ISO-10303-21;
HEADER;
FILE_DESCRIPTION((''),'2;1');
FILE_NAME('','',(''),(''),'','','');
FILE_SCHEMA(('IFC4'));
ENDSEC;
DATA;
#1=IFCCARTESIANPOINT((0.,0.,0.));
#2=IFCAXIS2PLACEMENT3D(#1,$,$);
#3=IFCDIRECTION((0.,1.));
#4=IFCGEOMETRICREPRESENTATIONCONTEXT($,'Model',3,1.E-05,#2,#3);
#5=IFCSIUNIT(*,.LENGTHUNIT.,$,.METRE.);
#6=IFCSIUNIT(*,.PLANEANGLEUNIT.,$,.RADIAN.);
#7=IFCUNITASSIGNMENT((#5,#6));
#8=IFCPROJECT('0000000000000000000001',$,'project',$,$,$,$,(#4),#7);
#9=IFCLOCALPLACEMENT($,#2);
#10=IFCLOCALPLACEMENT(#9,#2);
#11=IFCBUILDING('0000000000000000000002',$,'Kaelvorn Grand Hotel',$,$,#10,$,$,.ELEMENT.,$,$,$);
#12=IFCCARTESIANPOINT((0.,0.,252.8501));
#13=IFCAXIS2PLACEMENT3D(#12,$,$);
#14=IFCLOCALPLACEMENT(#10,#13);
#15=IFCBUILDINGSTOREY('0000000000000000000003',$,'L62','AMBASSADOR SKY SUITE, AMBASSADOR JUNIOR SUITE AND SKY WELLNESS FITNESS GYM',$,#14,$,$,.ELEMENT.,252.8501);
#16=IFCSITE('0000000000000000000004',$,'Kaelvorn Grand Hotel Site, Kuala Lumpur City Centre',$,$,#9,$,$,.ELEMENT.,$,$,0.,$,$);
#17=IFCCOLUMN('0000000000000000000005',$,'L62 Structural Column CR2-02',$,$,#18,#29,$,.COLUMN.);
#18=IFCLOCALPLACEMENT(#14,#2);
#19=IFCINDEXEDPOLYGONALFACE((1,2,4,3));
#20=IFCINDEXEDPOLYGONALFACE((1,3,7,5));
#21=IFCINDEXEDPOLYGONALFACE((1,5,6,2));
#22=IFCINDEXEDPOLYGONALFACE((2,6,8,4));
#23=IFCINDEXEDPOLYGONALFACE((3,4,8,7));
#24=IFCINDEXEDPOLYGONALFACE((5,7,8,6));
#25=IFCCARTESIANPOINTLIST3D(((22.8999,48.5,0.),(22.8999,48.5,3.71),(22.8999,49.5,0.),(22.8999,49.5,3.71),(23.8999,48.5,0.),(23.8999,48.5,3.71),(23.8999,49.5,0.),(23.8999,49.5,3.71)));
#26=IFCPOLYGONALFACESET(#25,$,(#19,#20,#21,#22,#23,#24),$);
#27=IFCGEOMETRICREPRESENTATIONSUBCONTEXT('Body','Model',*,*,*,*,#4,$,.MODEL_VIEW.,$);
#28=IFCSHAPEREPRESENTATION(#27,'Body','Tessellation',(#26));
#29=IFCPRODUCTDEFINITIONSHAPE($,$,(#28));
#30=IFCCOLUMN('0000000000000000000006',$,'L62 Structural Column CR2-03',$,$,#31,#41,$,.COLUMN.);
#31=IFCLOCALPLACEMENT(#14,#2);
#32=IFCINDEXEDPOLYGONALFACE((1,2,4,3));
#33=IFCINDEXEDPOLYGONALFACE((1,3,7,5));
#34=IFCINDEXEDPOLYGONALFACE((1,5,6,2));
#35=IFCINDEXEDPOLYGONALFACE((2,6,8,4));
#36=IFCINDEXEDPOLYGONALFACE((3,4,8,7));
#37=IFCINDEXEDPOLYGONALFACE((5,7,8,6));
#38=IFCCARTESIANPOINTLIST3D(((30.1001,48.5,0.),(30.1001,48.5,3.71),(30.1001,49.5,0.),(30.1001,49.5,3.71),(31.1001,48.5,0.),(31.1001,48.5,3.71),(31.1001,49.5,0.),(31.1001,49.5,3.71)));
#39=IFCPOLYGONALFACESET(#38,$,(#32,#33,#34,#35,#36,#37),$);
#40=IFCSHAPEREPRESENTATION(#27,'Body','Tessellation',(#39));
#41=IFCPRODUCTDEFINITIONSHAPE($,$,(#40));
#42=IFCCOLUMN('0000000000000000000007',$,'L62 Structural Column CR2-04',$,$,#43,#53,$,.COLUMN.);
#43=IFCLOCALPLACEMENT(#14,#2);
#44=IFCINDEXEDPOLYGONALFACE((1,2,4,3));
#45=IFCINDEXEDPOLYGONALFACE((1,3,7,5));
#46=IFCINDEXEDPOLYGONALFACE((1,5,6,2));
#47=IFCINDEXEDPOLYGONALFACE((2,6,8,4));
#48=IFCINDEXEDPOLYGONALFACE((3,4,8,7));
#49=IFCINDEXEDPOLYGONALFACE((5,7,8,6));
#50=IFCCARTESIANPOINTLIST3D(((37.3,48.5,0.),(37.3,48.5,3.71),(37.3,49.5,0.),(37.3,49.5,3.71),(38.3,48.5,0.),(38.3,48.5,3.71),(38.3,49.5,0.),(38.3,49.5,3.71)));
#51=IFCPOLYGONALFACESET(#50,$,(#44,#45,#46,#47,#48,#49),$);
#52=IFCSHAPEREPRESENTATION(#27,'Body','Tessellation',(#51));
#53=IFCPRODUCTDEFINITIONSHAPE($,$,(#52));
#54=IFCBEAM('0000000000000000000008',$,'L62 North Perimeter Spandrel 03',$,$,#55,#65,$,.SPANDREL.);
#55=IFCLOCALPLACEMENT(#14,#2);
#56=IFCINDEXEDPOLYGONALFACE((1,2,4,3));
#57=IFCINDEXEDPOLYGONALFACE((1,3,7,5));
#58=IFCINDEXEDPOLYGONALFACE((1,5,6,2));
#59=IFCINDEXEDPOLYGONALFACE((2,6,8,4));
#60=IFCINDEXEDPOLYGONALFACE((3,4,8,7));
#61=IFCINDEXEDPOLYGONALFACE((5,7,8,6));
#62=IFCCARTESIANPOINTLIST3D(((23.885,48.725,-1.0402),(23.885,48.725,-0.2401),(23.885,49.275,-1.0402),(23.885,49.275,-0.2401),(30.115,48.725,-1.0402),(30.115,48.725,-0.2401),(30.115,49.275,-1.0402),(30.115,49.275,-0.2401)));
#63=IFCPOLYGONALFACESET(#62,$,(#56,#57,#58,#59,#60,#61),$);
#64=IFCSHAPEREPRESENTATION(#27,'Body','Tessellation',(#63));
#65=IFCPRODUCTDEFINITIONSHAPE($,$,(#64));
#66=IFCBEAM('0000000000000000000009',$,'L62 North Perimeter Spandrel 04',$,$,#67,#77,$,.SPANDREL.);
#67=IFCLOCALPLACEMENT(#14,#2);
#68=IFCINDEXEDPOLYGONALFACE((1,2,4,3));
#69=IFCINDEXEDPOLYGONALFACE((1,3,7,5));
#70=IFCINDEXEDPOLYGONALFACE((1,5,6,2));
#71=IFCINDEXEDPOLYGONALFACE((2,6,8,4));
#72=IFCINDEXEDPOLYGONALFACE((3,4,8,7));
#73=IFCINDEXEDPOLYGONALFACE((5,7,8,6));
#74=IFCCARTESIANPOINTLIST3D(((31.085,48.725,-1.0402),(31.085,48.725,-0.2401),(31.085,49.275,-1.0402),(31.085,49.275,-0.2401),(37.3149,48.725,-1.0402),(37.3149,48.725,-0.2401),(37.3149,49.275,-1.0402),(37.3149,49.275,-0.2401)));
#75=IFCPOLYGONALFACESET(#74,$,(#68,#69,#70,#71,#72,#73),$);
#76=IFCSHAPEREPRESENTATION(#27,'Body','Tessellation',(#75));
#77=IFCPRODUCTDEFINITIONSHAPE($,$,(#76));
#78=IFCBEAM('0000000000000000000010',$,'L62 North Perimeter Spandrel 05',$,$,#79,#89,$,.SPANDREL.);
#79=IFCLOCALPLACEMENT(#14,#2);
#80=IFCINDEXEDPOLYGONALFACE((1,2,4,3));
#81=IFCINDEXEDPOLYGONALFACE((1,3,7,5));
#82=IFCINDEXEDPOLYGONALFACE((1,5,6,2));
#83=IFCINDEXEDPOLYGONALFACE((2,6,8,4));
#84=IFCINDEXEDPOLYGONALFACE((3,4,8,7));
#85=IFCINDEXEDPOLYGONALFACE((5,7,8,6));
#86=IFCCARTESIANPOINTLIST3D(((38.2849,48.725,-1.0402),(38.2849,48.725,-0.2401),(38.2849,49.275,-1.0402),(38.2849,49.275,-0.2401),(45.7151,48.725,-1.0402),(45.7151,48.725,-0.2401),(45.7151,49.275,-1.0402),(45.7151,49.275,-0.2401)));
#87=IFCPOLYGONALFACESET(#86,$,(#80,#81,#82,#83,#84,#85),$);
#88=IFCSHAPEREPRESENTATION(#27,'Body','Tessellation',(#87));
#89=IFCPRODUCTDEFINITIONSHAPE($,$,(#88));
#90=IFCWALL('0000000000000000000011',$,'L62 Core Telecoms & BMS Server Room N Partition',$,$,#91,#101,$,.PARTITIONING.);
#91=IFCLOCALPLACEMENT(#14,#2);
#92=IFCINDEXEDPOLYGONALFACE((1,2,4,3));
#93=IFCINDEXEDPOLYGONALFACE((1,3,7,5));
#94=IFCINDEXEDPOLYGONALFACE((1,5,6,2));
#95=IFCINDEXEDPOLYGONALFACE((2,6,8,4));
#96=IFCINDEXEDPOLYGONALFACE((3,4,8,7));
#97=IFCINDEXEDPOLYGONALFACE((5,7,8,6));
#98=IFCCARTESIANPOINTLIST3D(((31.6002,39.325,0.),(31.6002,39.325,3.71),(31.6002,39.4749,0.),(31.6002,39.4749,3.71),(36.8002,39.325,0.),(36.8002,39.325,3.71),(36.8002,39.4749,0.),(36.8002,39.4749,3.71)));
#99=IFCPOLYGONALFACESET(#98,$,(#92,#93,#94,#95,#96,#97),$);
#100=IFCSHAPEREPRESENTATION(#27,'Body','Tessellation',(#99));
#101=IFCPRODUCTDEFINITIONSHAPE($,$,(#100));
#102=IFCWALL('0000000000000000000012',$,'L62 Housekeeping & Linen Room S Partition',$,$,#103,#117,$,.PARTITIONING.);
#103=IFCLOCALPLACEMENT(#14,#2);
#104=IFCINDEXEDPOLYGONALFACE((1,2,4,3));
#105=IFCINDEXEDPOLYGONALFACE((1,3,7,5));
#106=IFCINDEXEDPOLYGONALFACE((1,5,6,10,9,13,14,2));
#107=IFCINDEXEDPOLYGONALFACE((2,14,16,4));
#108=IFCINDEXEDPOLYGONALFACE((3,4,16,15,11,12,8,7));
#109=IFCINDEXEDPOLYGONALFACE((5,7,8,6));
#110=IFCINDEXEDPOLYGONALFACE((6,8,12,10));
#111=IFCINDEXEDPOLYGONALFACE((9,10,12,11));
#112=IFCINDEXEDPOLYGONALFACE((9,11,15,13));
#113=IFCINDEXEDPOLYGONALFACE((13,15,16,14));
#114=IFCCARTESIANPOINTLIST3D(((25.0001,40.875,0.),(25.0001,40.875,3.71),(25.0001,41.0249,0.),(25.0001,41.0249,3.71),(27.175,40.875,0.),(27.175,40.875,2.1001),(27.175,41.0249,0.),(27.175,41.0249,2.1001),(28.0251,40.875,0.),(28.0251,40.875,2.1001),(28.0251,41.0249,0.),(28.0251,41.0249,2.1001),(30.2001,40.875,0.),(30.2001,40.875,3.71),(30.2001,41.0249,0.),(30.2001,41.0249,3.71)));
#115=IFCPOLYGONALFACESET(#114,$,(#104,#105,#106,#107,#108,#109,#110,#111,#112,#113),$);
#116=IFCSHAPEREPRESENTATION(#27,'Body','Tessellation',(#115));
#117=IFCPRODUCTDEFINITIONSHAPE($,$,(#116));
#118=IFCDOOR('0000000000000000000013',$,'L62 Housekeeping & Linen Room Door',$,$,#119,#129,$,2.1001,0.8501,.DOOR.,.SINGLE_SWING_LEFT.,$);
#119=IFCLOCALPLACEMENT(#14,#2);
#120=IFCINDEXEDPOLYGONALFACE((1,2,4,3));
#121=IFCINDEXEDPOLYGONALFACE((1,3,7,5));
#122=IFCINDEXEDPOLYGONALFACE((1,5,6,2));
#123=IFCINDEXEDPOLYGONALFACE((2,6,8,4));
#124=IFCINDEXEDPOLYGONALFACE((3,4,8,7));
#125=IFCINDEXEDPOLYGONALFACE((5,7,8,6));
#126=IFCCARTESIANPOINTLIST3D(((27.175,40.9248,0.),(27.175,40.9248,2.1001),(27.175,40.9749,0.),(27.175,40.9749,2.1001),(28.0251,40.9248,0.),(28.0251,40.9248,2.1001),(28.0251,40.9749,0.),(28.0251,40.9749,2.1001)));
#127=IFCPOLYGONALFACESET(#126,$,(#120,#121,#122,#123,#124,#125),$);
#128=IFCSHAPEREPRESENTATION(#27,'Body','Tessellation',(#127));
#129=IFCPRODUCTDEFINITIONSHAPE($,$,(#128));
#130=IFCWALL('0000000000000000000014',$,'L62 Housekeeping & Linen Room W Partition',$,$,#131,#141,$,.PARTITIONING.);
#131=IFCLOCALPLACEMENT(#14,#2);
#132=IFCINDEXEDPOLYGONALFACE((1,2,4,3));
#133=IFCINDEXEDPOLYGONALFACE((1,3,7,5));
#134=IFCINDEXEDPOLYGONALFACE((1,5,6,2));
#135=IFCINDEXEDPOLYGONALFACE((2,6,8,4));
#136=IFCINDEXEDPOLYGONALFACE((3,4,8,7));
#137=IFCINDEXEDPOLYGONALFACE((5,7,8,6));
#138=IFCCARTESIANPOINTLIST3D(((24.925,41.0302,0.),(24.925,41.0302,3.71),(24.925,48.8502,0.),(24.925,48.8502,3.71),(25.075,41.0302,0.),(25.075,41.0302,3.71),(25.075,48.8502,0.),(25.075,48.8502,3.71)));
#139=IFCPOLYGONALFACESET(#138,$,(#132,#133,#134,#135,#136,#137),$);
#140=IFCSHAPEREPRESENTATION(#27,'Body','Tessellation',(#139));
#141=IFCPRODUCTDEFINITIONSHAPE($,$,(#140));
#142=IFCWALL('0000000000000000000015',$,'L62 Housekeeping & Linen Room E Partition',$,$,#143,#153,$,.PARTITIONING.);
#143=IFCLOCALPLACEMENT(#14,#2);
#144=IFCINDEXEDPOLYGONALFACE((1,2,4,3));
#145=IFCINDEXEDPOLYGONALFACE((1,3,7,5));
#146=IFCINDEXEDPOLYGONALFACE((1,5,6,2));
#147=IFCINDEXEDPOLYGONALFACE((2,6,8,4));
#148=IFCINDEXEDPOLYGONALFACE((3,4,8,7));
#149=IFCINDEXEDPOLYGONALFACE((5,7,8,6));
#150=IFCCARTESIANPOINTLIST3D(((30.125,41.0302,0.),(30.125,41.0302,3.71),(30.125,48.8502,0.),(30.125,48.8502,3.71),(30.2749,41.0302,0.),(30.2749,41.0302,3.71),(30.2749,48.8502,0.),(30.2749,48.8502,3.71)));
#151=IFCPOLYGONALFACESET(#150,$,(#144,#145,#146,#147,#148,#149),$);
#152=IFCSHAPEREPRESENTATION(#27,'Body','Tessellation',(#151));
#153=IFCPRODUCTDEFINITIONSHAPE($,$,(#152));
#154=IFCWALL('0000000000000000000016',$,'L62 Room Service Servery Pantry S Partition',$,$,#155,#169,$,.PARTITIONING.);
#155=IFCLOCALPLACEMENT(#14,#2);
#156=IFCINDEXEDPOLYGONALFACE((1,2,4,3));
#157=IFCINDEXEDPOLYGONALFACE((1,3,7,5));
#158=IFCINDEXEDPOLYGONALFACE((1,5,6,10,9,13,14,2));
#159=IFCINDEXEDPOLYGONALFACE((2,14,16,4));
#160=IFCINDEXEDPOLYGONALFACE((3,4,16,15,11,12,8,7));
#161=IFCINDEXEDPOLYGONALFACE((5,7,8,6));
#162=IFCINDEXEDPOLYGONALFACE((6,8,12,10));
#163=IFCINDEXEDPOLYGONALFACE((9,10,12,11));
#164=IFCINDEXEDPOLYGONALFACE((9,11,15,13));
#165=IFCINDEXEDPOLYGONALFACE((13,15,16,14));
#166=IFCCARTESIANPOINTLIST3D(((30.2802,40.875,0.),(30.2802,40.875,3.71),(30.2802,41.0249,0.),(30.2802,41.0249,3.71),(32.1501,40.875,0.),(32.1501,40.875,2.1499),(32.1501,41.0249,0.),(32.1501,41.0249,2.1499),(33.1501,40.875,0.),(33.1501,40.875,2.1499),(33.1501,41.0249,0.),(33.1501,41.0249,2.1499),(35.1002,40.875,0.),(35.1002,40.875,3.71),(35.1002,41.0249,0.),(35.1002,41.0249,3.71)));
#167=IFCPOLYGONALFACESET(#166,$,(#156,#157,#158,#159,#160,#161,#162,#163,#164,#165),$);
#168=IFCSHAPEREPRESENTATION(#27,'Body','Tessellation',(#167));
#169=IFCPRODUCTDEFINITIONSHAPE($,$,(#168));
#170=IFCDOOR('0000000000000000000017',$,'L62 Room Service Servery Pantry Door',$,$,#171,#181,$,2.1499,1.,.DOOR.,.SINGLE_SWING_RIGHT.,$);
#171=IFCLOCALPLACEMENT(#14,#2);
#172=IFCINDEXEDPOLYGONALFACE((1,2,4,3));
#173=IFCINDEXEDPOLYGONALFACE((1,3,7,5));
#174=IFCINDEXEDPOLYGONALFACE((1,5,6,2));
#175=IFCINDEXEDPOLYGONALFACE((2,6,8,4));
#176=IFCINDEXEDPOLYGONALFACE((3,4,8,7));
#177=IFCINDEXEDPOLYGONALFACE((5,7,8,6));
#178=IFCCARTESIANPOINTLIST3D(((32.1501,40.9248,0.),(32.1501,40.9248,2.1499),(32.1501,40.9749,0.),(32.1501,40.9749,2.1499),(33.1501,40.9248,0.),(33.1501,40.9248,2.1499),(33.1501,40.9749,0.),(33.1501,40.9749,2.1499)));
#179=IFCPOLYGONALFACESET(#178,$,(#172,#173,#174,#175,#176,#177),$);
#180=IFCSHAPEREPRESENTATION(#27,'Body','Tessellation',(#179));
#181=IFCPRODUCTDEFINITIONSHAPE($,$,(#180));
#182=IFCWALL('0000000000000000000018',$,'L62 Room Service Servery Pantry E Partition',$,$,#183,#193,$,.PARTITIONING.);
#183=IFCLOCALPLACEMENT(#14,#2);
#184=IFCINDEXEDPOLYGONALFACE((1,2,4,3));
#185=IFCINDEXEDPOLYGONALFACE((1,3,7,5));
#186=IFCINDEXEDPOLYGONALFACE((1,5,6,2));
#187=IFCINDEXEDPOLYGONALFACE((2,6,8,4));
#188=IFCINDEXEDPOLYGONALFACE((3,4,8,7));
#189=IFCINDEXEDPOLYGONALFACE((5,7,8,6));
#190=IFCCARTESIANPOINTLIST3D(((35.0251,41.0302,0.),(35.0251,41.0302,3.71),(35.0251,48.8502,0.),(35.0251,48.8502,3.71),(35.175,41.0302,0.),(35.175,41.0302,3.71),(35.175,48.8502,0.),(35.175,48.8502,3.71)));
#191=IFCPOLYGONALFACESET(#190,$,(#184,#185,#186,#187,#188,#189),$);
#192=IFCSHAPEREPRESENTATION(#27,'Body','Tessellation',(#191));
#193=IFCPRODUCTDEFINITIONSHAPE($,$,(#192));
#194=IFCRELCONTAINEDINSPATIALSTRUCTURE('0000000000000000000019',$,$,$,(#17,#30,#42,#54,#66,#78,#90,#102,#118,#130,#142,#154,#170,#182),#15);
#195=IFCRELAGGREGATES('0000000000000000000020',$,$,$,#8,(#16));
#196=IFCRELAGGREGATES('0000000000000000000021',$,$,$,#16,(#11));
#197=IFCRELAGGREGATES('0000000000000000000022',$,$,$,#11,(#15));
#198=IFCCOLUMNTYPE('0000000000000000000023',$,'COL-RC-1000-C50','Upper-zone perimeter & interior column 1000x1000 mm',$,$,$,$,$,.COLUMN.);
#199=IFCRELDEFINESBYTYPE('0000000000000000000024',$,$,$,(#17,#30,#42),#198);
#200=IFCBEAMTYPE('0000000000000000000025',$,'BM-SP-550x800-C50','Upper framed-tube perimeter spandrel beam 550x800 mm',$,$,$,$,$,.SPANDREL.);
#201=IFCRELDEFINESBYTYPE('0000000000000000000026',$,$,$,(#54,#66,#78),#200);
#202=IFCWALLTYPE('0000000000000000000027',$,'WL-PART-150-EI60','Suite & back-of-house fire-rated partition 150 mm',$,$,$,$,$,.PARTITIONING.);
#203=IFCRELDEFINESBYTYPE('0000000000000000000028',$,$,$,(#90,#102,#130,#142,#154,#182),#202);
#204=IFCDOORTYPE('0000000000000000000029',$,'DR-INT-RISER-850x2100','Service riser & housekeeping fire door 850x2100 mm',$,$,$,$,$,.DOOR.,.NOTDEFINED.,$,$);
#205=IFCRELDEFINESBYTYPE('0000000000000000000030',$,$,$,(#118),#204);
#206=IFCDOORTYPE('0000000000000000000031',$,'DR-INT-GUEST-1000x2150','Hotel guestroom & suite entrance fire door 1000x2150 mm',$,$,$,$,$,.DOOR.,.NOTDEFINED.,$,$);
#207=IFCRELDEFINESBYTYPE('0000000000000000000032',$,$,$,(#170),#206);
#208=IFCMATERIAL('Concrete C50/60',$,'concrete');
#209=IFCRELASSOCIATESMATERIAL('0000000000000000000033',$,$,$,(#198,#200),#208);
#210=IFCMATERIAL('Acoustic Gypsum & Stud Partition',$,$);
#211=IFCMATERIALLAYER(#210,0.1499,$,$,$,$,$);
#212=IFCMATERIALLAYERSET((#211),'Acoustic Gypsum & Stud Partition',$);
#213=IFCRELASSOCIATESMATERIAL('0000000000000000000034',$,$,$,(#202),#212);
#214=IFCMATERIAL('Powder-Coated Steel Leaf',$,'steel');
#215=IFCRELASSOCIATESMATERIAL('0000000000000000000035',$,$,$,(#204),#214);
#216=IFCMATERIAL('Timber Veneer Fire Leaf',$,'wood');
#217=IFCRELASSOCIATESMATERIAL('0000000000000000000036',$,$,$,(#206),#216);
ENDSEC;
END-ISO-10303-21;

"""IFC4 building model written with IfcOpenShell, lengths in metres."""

from ifc_helpers import new_model, si_unit, direction, frame, frame_2d, origin, origin_2d, place, context, subcontext, project, spatial, rectangle, extrude, material, layer, layer_set, material_profile, profile_set, type_object, element, fill, save


model = new_model("IFC4")

# Units and contexts
model_context = context("Model", 3, precision=1e-05, world=origin(), true_north=direction((0.0, 1.0)))
body_context = subcontext(model_context, "Body", "Model", "MODEL_VIEW")
ifc_project = project(units=[si_unit("LENGTHUNIT", "METRE"), si_unit("PLANEANGLEUNIT", "RADIAN")], contexts=[model_context])

# Site, building, storey
site_placement = place(None, origin())
site = spatial("IfcSite", under=ifc_project, at=site_placement, Name="Kaelvorn Grand Hotel Site, Kuala Lumpur City Centre", CompositionType="ELEMENT", RefElevation=0.0)
building_placement = place(site_placement, origin())
building = spatial("IfcBuilding", under=site, at=building_placement, Name="Kaelvorn Grand Hotel", CompositionType="ELEMENT")
storey_placement = place(building_placement, frame((0.0, 0.0, 252.8501)))
storey = spatial("IfcBuildingStorey", under=building, at=storey_placement, Name="L62", Description="AMBASSADOR SKY SUITE, AMBASSADOR JUNIOR SUITE AND SKY WELLNESS FITNESS GYM", CompositionType="ELEMENT", Elevation=252.8501)

# Columns
ifc_material_1 = material(Name="Concrete C50/60", Category="concrete")
ifc_material_profile_1 = material_profile(ifc_material_1, rectangle(XDim=1.0, YDim=1.0, at=origin_2d()), Name="RC COL 1000x1000")
ifc_profile_set_1 = profile_set([ifc_material_profile_1], Name="Concrete C50/60")
column_type = type_object("IfcColumnType", Name="COL-RC-1000-C50", Description="Upper-zone perimeter & interior column 1000x1000 mm", PredefinedType="COLUMN", material=ifc_profile_set_1)
for number, where, z_axis, x_axis, name in (
    (1, (23.3999, 49.0, 0.0), (0.0, 0.0, 1.0), (1.0, 0.0, 0.0), "L62 Structural Column CR2-02"),
    (2, (30.6001, 49.0, 0.0), (0.0, 0.0, 1.0), (1.0, 0.0, 0.0), "L62 Structural Column CR2-03"),
    (3, (37.8, 49.0, 0.0), (0.0, 0.0, 1.0), (1.0, 0.0, 0.0), "L62 Structural Column CR2-04"),
):
    element("IfcColumn", number, at=place(storey_placement, frame(where, z_axis=z_axis, x_axis=x_axis)), inside=storey, type_object=column_type, Name=name, PredefinedType="COLUMN", context=body_context, shape_type="SweptSolid", body=[
        extrude(rectangle(XDim=1.0, YDim=1.0, at=origin_2d()), origin(), (0.0, 0.0, 1.0), 3.71),
    ])

# Beams
ifc_material_profile_2 = material_profile(ifc_material_1, rectangle(XDim=0.55, YDim=0.8, at=origin_2d()), Name="RC SPANDREL 550x800")
ifc_profile_set_2 = profile_set([ifc_material_profile_2], Name="Concrete C50/60")
beam_type = type_object("IfcBeamType", Name="BM-SP-550x800-C50", Description="Upper framed-tube perimeter spandrel beam 550x800 mm", PredefinedType="SPANDREL", material=ifc_profile_set_2)
for number, where, z_axis, x_axis, name in (
    (4, (23.885, 49.0, -0.6401), (1.0, 0.0, 0.0), (0.0, 1.0, 0.0), "L62 North Perimeter Spandrel 03"),
    (5, (31.085, 49.0, -0.6401), (1.0, 0.0, 0.0), (0.0, 1.0, 0.0), "L62 North Perimeter Spandrel 04"),
):
    element("IfcBeam", number, at=place(storey_placement, frame(where, z_axis=z_axis, x_axis=x_axis)), inside=storey, type_object=beam_type, Name=name, PredefinedType="SPANDREL", context=body_context, shape_type="SweptSolid", body=[
        extrude(rectangle(XDim=0.55, YDim=0.8, at=origin_2d()), origin(), (0.0, 0.0, 1.0), 6.23),
    ])
beam_placement = place(storey_placement, frame((38.2849, 49.0, -0.6401), z_axis=(1.0, 0.0, 0.0), x_axis=(0.0, 1.0, 0.0)))
element("IfcBeam", 6, at=beam_placement, inside=storey, type_object=beam_type, Name="L62 North Perimeter Spandrel 05", PredefinedType="SPANDREL", context=body_context, shape_type="SweptSolid", body=[
    extrude(rectangle(XDim=0.55, YDim=0.8, at=origin_2d()), origin(), (0.0, 0.0, 1.0), 7.4302),
])

# Wall
ifc_material_2 = material(Name="Acoustic Gypsum & Stud Partition")
ifc_layer_1 = layer(ifc_material_2, 0.1499)
ifc_layer_set_1 = layer_set([ifc_layer_1], Name="Acoustic Gypsum & Stud Partition")
wall_type_1 = type_object("IfcWallType", Name="WL-PART-150-EI60", Description="Suite & back-of-house fire-rated partition 150 mm", PredefinedType="PARTITIONING", material=ifc_layer_set_1)
wall_1_placement = place(storey_placement, frame((31.6001, 39.3999, 0.0), z_axis=(0.0, 0.0, 1.0), x_axis=(1.0, 0.0, 0.0)))
element("IfcWall", 7, at=wall_1_placement, inside=storey, type_object=wall_type_1, Name="L62 Core Telecoms & BMS Server Room N Partition", PredefinedType="PARTITIONING", context=body_context, shape_type="SweptSolid", body=[
    extrude(rectangle(XDim=5.2, YDim=0.1499, at=frame_2d((2.6001, 0.0))), origin(), (0.0, 0.0, 1.0), 3.71),
])

# Wall, opening, door
wall_2_placement = place(storey_placement, frame((25.0, 40.95, 0.0), z_axis=(0.0, 0.0, 1.0), x_axis=(1.0, 0.0, 0.0)))
wall_2 = element("IfcWall", 8, at=wall_2_placement, inside=storey, type_object=wall_type_1, Name="L62 Housekeeping & Linen Room S Partition", PredefinedType="PARTITIONING", context=body_context, shape_type="SweptSolid", body=[
    extrude(rectangle(XDim=5.2, YDim=0.1499, at=frame_2d((2.6001, 0.0))), origin(), (0.0, 0.0, 1.0), 3.71),
])
opening_1_placement = place(wall_2_placement, frame((2.175, 0.0, 0.0)))
opening_1 = element("IfcOpeningElement", 9, at=opening_1_placement, cuts=wall_2, PredefinedType="OPENING", context=body_context, shape_type="SweptSolid", body=[
    extrude(rectangle(XDim=0.8501, YDim=2.1001, at=frame_2d((0.425, 1.05))), frame((0.0, 0.085, 0.0), z_axis=(0.0, -1.0, 0.0), x_axis=(1.0, 0.0, 0.0)), (0.0, 0.0, 1.0), 0.1699),
])
ifc_material_3 = material(Name="Powder-Coated Steel Leaf", Category="steel")
door_type_1 = type_object("IfcDoorType", Name="DR-INT-RISER-850x2100", Description="Service riser & housekeeping fire door 850x2100 mm", OperationType="NOTDEFINED", PredefinedType="DOOR", material=ifc_material_3)
door_1_placement = place(opening_1_placement, origin())
door_1 = element("IfcDoor", 10, at=door_1_placement, inside=storey, type_object=door_type_1, Name="L62 Housekeeping & Linen Room Door", OperationType="SINGLE_SWING_LEFT", OverallHeight=2.1001, OverallWidth=0.8501, PredefinedType="DOOR", context=body_context, shape_type="SweptSolid", body=[
    extrude(rectangle(XDim=0.8501, YDim=2.1001, at=frame_2d((0.425, 1.05))), frame((0.0, 0.0249, 0.0), z_axis=(0.0, -1.0, 0.0), x_axis=(1.0, 0.0, 0.0)), (0.0, 0.0, 1.0), 0.05),
])
fill(opening_1, door_1)

# Walls
for number, where, z_axis, x_axis, name in (
    (11, (25.0, 41.03, 0.0), (0.0, 0.0, 1.0), (0.0, 1.0, 0.0), "L62 Housekeeping & Linen Room W Partition"),
    (12, (30.2, 41.03, 0.0), (0.0, 0.0, 1.0), (0.0, 1.0, 0.0), "L62 Housekeeping & Linen Room E Partition"),
):
    element("IfcWall", number, at=place(storey_placement, frame(where, z_axis=z_axis, x_axis=x_axis)), inside=storey, type_object=wall_type_1, Name=name, PredefinedType="PARTITIONING", context=body_context, shape_type="SweptSolid", body=[
        extrude(rectangle(XDim=7.8201, YDim=0.1499, at=frame_2d((3.9102, 0.0))), origin(), (0.0, 0.0, 1.0), 3.71),
    ])

# Wall, opening, door
wall_3_placement = place(storey_placement, frame((30.28, 40.95, 0.0), z_axis=(0.0, 0.0, 1.0), x_axis=(1.0, 0.0, 0.0)))
wall_3 = element("IfcWall", 13, at=wall_3_placement, inside=storey, type_object=wall_type_1, Name="L62 Room Service Servery Pantry S Partition", PredefinedType="PARTITIONING", context=body_context, shape_type="SweptSolid", body=[
    extrude(rectangle(XDim=4.8201, YDim=0.1499, at=frame_2d((2.4102, 0.0))), origin(), (0.0, 0.0, 1.0), 3.71),
])
opening_2_placement = place(wall_3_placement, frame((1.8701, 0.0, 0.0)))
opening_2 = element("IfcOpeningElement", 14, at=opening_2_placement, cuts=wall_3, PredefinedType="OPENING", context=body_context, shape_type="SweptSolid", body=[
    extrude(rectangle(XDim=1.0, YDim=2.1499, at=frame_2d((0.5, 1.075))), frame((0.0, 0.085, 0.0), z_axis=(0.0, -1.0, 0.0), x_axis=(1.0, 0.0, 0.0)), (0.0, 0.0, 1.0), 0.1699),
])
ifc_material_4 = material(Name="Timber Veneer Fire Leaf", Category="wood")
door_type_2 = type_object("IfcDoorType", Name="DR-INT-GUEST-1000x2150", Description="Hotel guestroom & suite entrance fire door 1000x2150 mm", OperationType="NOTDEFINED", PredefinedType="DOOR", material=ifc_material_4)
door_2_placement = place(opening_2_placement, origin())
door_2 = element("IfcDoor", 15, at=door_2_placement, inside=storey, type_object=door_type_2, Name="L62 Room Service Servery Pantry Door", OperationType="SINGLE_SWING_RIGHT", OverallHeight=2.1499, OverallWidth=1.0, PredefinedType="DOOR", context=body_context, shape_type="SweptSolid", body=[
    extrude(rectangle(XDim=1.0, YDim=2.1499, at=frame_2d((0.5, 1.075))), frame((0.0, 0.0249, 0.0), z_axis=(0.0, -1.0, 0.0), x_axis=(1.0, 0.0, 0.0)), (0.0, 0.0, 1.0), 0.05),
])
fill(opening_2, door_2)

# Wall
wall_4_placement = place(storey_placement, frame((35.1001, 41.03, 0.0), z_axis=(0.0, 0.0, 1.0), x_axis=(0.0, 1.0, 0.0)))
element("IfcWall", 16, at=wall_4_placement, inside=storey, type_object=wall_type_1, Name="L62 Room Service Servery Pantry E Partition", PredefinedType="PARTITIONING", context=body_context, shape_type="SweptSolid", body=[
    extrude(rectangle(XDim=7.8201, YDim=0.1499, at=frame_2d((3.9102, 0.0))), origin(), (0.0, 0.0, 1.0), 3.71),
])

save(model, "model.ifc")
